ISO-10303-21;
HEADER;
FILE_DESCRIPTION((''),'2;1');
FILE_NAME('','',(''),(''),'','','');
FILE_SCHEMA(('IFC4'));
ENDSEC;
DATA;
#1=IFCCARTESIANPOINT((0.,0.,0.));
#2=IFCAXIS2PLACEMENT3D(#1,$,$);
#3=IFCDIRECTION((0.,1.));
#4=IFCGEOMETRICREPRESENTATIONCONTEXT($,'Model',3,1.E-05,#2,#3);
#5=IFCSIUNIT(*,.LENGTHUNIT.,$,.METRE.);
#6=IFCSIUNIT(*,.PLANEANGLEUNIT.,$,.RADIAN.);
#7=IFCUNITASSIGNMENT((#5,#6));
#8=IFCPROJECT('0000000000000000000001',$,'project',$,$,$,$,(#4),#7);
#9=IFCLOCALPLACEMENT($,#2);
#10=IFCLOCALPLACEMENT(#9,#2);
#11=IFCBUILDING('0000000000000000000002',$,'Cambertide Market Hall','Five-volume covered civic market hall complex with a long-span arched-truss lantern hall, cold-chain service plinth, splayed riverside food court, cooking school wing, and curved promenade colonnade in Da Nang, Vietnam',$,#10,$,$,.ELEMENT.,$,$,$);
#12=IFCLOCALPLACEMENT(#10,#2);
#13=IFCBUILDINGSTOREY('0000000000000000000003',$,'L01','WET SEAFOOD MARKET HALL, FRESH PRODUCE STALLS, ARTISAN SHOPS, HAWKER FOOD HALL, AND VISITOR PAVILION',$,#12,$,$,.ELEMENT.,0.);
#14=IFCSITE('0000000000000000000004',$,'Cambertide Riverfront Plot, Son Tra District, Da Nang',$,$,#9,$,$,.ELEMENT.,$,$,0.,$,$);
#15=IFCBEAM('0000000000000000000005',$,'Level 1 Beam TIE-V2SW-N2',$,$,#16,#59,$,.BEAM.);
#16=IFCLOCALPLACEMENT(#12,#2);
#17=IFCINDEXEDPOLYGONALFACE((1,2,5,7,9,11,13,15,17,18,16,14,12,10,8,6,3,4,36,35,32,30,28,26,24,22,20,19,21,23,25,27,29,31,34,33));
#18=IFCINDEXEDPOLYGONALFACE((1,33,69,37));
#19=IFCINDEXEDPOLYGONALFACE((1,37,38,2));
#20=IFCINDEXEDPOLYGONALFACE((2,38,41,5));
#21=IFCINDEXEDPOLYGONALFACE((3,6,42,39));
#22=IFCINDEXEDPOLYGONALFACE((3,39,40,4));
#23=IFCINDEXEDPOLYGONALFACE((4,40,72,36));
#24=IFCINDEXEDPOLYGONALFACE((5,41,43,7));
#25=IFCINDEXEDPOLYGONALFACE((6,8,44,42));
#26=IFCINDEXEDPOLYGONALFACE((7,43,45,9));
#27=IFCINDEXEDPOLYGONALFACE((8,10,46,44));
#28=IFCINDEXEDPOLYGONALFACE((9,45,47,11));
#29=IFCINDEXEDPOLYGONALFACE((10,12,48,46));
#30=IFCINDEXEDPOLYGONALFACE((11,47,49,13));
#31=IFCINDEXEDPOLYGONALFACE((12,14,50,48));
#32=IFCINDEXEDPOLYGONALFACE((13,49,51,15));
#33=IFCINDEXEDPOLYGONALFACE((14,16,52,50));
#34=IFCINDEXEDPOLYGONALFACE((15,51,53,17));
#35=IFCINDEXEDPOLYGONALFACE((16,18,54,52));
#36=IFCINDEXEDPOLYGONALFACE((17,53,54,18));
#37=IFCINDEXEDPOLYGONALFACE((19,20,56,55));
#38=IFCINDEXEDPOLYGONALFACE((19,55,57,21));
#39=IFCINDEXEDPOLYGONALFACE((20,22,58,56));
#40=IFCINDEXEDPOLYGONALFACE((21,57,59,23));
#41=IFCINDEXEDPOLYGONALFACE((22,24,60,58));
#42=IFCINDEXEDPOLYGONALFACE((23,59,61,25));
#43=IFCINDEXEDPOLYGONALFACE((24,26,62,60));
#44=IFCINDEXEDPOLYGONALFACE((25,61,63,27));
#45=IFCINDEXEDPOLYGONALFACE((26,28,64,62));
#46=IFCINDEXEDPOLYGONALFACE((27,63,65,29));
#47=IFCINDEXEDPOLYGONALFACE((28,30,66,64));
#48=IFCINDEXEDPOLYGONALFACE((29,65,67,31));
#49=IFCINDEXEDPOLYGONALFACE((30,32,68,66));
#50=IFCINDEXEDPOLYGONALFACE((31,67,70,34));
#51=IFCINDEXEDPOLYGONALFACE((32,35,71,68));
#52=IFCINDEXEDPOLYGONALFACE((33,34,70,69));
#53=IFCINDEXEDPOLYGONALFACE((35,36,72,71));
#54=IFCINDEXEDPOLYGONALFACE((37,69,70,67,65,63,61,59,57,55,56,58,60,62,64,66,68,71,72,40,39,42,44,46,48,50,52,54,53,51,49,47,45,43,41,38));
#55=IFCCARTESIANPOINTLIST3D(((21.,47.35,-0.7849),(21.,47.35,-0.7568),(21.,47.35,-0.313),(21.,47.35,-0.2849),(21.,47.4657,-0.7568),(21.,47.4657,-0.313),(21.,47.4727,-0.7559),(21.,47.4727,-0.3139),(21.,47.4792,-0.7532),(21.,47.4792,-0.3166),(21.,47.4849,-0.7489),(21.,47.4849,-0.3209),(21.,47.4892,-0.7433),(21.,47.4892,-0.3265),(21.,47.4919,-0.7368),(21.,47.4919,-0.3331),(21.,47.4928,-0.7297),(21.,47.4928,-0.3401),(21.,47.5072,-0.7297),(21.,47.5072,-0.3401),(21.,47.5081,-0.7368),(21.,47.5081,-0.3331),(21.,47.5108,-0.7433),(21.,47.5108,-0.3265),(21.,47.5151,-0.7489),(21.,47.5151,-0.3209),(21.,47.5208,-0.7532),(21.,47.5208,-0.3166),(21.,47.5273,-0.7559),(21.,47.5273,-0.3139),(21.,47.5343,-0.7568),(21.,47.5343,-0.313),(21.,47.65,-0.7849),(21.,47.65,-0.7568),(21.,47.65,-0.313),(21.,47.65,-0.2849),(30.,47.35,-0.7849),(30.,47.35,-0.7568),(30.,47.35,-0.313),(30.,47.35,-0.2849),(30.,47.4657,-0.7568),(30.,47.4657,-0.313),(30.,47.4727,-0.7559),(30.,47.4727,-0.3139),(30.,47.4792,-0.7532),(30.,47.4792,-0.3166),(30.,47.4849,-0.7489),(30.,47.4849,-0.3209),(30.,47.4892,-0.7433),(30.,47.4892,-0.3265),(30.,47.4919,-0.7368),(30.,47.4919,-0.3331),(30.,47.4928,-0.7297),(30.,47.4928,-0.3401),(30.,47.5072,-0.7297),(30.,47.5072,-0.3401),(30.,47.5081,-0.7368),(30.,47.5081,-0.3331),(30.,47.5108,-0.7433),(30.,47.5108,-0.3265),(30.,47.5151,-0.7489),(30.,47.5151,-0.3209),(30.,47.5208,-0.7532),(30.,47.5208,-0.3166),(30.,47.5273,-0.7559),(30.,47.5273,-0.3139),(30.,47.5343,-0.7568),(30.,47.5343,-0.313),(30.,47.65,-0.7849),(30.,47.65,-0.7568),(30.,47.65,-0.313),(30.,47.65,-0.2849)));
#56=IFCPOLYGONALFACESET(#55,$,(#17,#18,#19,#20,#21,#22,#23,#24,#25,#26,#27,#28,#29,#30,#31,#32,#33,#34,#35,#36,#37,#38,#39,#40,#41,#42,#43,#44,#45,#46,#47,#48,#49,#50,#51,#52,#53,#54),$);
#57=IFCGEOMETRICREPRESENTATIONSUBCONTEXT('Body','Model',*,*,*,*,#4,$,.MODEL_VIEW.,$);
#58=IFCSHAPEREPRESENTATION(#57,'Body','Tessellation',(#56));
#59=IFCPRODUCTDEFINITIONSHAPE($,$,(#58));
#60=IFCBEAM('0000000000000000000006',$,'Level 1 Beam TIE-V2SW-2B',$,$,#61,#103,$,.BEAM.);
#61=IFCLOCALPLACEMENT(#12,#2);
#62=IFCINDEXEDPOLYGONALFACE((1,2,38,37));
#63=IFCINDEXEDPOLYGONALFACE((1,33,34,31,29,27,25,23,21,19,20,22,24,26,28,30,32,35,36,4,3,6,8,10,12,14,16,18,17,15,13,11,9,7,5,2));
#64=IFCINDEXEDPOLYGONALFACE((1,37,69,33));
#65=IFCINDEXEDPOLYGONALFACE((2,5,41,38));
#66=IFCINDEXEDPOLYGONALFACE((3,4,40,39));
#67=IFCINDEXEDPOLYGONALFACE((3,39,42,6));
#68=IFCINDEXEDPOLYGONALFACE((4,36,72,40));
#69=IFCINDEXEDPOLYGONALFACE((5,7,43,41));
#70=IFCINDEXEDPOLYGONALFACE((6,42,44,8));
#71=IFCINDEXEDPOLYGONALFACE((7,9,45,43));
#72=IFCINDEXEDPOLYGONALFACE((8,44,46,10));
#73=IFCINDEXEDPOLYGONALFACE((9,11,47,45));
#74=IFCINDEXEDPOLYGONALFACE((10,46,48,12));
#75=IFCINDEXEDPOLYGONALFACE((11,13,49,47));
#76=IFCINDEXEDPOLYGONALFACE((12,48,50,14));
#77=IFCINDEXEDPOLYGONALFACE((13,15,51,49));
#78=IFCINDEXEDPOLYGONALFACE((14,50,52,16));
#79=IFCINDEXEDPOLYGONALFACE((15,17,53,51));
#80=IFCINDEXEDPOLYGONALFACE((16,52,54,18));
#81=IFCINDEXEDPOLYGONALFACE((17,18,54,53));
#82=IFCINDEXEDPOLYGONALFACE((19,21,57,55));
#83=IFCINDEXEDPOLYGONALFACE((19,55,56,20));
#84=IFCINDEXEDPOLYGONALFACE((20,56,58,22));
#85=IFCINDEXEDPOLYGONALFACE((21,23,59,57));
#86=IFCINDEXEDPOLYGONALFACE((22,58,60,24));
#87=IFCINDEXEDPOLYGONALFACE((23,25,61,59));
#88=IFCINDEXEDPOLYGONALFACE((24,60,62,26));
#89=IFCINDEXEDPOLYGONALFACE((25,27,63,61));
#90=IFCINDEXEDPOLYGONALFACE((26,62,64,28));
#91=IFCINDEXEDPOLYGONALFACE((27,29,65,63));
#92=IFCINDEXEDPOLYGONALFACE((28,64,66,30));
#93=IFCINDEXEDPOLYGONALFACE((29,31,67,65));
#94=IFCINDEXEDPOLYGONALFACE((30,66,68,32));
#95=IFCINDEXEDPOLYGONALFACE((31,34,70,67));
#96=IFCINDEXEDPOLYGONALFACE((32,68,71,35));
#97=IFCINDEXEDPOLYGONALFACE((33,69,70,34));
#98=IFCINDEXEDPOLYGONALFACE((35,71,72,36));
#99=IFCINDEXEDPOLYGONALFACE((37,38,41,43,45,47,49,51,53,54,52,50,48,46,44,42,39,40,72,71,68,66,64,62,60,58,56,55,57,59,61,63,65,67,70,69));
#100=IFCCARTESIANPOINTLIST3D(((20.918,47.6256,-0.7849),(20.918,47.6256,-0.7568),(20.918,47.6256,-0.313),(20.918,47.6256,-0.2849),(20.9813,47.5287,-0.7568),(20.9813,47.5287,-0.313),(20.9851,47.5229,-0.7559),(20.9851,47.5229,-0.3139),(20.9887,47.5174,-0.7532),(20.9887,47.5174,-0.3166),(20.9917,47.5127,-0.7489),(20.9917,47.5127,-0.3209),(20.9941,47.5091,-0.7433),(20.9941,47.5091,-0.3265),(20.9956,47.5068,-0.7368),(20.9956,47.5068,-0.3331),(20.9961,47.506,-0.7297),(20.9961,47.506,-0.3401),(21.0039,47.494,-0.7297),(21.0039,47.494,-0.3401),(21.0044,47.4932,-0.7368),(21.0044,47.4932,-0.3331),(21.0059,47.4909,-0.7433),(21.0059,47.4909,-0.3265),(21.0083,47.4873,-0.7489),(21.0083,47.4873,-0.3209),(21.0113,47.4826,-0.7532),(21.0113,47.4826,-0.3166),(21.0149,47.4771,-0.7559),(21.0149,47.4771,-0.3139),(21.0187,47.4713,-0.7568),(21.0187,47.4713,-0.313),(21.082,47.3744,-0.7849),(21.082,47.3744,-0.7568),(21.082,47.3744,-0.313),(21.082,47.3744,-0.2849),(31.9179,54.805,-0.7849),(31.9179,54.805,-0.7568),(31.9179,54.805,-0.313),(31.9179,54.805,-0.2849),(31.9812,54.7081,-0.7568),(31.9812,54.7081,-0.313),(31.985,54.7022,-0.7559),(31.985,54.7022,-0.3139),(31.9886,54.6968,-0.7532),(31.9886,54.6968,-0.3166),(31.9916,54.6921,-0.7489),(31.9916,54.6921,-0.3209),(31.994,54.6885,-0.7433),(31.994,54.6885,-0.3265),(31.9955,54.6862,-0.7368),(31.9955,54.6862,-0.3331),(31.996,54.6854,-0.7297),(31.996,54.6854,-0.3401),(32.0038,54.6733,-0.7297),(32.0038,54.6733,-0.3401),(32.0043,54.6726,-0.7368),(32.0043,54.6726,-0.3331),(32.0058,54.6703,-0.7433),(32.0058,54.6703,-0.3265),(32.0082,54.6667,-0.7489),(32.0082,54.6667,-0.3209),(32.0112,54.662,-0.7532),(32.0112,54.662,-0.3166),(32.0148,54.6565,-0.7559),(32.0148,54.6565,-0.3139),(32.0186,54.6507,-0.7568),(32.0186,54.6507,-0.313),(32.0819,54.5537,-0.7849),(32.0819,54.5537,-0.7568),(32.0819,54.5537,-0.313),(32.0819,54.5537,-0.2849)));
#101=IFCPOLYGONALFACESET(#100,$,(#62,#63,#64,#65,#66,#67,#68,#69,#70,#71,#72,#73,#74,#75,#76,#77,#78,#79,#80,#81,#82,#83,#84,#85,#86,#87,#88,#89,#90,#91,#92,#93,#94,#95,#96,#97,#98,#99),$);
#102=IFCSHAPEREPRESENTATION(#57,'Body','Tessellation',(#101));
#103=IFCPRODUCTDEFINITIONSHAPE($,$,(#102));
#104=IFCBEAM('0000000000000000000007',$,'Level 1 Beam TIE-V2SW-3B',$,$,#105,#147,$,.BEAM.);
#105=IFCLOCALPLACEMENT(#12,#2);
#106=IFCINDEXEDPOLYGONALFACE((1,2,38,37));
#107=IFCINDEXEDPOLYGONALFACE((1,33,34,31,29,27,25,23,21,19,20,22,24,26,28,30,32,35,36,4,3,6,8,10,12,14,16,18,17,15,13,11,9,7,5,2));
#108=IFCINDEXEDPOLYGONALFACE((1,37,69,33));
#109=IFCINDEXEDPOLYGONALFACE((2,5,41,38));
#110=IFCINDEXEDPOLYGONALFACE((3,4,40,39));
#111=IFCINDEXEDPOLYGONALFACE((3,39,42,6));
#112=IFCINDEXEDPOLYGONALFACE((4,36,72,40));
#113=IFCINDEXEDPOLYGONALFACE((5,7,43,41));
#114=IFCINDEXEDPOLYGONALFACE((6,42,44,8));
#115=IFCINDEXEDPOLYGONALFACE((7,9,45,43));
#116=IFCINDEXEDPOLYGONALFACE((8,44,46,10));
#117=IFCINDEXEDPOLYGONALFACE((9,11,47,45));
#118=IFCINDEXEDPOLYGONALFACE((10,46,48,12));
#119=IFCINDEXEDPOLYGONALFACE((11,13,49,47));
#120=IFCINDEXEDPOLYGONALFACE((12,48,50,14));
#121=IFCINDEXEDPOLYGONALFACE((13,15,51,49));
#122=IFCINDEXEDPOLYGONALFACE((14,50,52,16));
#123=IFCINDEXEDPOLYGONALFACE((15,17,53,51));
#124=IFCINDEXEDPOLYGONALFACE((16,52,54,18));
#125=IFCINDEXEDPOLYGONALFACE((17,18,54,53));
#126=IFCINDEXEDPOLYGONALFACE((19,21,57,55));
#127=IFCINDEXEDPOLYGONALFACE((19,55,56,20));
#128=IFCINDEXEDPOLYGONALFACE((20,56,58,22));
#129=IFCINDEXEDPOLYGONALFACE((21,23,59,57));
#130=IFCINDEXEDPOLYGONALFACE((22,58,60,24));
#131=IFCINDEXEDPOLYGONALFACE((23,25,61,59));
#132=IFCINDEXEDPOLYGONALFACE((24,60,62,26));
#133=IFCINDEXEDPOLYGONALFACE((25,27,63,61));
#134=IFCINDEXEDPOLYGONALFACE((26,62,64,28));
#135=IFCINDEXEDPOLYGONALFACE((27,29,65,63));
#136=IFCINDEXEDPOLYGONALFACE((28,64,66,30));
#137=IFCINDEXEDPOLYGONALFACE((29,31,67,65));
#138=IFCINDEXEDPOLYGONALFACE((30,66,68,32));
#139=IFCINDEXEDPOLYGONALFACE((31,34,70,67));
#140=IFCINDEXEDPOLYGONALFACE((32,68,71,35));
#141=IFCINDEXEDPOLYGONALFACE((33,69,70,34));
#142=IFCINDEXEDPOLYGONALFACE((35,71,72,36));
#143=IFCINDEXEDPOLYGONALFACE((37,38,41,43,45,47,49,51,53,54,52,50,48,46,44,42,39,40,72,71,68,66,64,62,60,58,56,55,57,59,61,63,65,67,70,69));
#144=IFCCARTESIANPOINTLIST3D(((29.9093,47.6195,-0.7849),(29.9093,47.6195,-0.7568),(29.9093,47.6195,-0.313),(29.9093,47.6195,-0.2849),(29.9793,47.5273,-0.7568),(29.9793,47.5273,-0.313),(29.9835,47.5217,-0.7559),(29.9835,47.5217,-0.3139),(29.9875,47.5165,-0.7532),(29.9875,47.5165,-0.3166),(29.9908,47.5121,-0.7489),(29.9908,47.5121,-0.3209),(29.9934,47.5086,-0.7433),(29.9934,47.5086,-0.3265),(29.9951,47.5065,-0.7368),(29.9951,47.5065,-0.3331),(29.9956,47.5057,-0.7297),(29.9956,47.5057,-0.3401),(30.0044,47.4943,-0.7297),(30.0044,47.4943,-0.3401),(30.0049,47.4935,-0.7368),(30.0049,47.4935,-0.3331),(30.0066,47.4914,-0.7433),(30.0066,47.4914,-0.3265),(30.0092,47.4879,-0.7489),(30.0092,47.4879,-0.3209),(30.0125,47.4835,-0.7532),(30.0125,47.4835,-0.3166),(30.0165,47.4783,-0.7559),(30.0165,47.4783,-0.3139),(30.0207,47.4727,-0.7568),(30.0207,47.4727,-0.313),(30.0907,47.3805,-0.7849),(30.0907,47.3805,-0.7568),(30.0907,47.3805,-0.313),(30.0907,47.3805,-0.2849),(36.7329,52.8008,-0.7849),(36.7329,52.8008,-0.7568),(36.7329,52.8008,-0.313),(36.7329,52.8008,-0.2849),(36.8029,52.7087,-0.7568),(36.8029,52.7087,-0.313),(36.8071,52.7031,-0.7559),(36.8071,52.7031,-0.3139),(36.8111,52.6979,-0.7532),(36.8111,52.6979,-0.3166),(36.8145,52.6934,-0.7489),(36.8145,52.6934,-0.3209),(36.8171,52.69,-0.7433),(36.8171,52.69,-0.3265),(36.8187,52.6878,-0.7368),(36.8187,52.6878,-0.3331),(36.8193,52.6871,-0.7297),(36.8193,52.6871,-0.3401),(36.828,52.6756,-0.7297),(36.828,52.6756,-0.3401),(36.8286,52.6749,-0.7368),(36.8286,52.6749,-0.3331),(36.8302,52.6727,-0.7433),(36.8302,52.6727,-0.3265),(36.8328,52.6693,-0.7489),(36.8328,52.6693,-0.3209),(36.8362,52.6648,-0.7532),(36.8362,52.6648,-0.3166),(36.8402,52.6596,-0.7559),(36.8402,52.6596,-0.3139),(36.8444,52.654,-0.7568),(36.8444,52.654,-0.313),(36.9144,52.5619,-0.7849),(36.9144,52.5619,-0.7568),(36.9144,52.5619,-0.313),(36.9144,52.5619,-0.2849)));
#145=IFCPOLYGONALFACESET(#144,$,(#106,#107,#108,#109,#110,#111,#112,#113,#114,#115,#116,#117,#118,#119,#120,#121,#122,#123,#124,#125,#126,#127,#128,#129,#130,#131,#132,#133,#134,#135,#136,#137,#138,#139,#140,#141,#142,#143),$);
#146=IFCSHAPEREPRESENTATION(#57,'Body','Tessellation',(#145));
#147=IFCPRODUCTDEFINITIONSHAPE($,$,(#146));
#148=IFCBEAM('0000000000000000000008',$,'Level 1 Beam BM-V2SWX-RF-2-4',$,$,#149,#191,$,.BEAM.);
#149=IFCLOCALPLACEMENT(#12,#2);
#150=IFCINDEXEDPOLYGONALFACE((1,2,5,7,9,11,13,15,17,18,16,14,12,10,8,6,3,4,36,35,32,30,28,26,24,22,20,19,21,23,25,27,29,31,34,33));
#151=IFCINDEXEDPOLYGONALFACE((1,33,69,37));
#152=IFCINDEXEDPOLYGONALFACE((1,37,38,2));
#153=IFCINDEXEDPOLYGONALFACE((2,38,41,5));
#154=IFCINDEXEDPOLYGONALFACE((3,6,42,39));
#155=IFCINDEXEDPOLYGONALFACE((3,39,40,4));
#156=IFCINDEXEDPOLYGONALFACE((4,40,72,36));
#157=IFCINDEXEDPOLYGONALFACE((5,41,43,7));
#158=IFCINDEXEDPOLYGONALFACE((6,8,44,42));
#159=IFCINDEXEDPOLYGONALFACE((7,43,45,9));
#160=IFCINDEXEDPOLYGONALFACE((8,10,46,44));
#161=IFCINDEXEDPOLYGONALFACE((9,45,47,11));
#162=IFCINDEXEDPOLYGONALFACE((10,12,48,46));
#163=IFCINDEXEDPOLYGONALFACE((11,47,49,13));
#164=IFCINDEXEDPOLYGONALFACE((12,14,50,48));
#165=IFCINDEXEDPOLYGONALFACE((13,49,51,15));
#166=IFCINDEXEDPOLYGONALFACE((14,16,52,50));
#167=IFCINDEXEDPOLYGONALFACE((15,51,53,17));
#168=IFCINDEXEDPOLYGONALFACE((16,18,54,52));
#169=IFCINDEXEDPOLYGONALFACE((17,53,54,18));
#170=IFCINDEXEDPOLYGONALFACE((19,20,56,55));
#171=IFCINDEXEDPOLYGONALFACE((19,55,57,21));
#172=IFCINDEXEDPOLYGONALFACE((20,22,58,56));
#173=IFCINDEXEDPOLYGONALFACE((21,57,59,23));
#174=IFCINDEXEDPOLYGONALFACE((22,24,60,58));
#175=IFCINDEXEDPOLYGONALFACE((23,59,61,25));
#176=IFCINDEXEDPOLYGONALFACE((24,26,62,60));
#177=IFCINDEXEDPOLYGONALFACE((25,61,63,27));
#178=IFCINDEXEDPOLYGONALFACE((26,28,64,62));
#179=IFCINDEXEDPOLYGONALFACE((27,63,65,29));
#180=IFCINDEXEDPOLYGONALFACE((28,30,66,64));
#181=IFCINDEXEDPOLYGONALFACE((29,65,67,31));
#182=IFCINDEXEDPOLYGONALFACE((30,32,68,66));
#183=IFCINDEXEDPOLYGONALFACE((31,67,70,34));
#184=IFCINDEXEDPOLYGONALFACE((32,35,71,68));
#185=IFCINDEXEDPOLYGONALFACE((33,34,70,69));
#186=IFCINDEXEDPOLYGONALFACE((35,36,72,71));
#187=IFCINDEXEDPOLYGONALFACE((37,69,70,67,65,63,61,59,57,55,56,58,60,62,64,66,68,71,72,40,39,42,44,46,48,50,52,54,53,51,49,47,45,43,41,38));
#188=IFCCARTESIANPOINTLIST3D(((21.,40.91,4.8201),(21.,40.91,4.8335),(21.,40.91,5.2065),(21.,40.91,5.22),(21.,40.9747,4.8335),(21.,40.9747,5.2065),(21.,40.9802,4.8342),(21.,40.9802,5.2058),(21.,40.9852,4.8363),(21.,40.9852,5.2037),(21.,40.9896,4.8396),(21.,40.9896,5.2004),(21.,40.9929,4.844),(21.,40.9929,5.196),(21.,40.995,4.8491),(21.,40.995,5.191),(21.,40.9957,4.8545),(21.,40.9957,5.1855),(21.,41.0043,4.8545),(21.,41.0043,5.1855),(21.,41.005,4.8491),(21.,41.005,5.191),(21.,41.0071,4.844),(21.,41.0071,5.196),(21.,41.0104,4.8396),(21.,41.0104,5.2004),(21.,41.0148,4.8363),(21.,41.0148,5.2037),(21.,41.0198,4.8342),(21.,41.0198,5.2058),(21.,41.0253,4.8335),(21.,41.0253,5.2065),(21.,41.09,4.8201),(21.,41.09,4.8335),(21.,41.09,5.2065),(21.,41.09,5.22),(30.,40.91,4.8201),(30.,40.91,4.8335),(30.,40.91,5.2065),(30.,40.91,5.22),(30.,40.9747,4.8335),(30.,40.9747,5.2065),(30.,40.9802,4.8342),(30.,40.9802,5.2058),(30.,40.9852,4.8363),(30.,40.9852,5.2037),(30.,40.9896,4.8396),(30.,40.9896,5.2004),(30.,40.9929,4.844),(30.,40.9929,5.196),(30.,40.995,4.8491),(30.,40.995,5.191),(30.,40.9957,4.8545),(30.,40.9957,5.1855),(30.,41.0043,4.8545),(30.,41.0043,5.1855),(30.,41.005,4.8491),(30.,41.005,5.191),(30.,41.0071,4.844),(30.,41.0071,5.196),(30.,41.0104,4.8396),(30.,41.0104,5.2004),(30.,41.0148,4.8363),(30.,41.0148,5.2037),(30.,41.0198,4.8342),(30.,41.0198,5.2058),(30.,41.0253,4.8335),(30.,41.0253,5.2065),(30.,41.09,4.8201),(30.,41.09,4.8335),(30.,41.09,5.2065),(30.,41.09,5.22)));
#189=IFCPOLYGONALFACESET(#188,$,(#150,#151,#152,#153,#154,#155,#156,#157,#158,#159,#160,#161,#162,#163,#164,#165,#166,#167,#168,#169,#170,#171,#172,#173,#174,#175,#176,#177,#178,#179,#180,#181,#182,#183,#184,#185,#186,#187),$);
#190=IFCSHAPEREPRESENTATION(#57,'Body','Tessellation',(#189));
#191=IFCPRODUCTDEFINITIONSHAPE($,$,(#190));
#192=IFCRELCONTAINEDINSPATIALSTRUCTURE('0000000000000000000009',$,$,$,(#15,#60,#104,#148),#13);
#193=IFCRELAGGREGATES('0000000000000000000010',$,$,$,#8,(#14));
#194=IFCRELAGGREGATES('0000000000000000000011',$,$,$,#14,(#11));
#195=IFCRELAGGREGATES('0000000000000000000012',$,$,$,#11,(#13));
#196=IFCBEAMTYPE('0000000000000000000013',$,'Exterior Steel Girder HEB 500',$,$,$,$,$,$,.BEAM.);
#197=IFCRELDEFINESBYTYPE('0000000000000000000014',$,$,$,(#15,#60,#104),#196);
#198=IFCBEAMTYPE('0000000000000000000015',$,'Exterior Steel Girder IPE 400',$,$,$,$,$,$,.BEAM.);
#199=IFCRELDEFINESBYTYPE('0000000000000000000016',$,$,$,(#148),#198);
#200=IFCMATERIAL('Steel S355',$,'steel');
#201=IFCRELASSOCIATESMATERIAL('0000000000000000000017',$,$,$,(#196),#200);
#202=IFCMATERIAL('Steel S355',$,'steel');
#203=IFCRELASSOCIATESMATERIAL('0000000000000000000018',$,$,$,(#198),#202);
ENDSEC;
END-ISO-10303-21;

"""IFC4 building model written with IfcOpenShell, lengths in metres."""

from ifc_helpers import new_model, si_unit, direction, frame, origin, origin_2d, place, context, subcontext, project, spatial, i_section, extrude, material, material_profile, profile_set, type_object, element, save


model = new_model("IFC4")

# Units and contexts
model_context = context("Model", 3, precision=1e-05, world=origin(), true_north=direction((0.0, 1.0)))
body_context = subcontext(model_context, "Body", "Model", "MODEL_VIEW")
ifc_project = project(units=[si_unit("LENGTHUNIT", "METRE"), si_unit("PLANEANGLEUNIT", "RADIAN")], contexts=[model_context])

# Site, building, storey
site_placement = place(None, origin())
site = spatial("IfcSite", under=ifc_project, at=site_placement, Name="Cambertide Riverfront Plot, Son Tra District, Da Nang", CompositionType="ELEMENT", RefElevation=0.0)
building_placement = place(site_placement, origin())
building = spatial("IfcBuilding", under=site, at=building_placement, Name="Cambertide Market Hall", Description="Five-volume covered civic market hall complex with a long-span arched-truss lantern hall, cold-chain service plinth, splayed riverside food court, cooking school wing, and curved promenade colonnade in Da Nang, Vietnam", CompositionType="ELEMENT")
storey_placement = place(building_placement, origin())
storey = spatial("IfcBuildingStorey", under=building, at=storey_placement, Name="L01", Description="WET SEAFOOD MARKET HALL, FRESH PRODUCE STALLS, ARTISAN SHOPS, HAWKER FOOD HALL, AND VISITOR PAVILION", CompositionType="ELEMENT", Elevation=0.0)

# Beams
ifc_material_1 = material(Name="Steel S355", Category="steel")
ifc_material_profile_1 = material_profile(ifc_material_1, i_section(OverallWidth=0.3, OverallDepth=0.5, WebThickness=0.0144, FlangeThickness=0.0281, FilletRadius=0.0271, at=origin_2d()), Name="HEB 500")
ifc_profile_set_1 = profile_set([ifc_material_profile_1], Name="Steel S355")
beam_type_1 = type_object("IfcBeamType", Name="Exterior Steel Girder HEB 500", PredefinedType="BEAM", material=ifc_profile_set_1)
beam_1_placement = place(storey_placement, frame((21.0, 47.5, -0.5349), z_axis=(1.0, 0.0, 0.0), x_axis=(0.0, 1.0, 0.0)))
element("IfcBeam", 1, at=beam_1_placement, inside=storey, type_object=beam_type_1, Name="Level 1 Beam TIE-V2SW-N2", PredefinedType="BEAM", context=body_context, shape_type="SweptSolid", body=[
    extrude(i_section(OverallWidth=0.3, OverallDepth=0.5, WebThickness=0.0144, FlangeThickness=0.0281, FilletRadius=0.0271, at=origin_2d()), origin(), (0.0, 0.0, 1.0), 9.0),
])
beam_2_placement = place(storey_placement, frame((21.0, 47.5, -0.5349), z_axis=(0.837418, 0.546563, 0.0), x_axis=(-0.546563, 0.837418, 0.0)))
element("IfcBeam", 2, at=beam_2_placement, inside=storey, type_object=beam_type_1, Name="Level 1 Beam TIE-V2SW-2B", PredefinedType="BEAM", context=body_context, shape_type="SweptSolid", body=[
    extrude(i_section(OverallWidth=0.3, OverallDepth=0.5, WebThickness=0.0144, FlangeThickness=0.0281, FilletRadius=0.0271, at=origin_2d()), origin(), (0.0, 0.0, 1.0), 13.1355),
])
beam_3_placement = place(storey_placement, frame((30.0, 47.5, -0.5349), z_axis=(0.796423, 0.60474, 0.0), x_axis=(-0.60474, 0.796423, 0.0)))
element("IfcBeam", 3, at=beam_3_placement, inside=storey, type_object=beam_type_1, Name="Level 1 Beam TIE-V2SW-3B", PredefinedType="BEAM", context=body_context, shape_type="SweptSolid", body=[
    extrude(i_section(OverallWidth=0.3, OverallDepth=0.5, WebThickness=0.0144, FlangeThickness=0.0281, FilletRadius=0.0271, at=origin_2d()), origin(), (0.0, 0.0, 1.0), 8.5679),
])
ifc_material_2 = material(Name="Steel S355", Category="steel")
ifc_material_profile_2 = material_profile(ifc_material_2, i_section(OverallWidth=0.1799, OverallDepth=0.3999, WebThickness=0.0085, FlangeThickness=0.0134, FilletRadius=0.021, at=origin_2d()), Name="IPE 400")
ifc_profile_set_2 = profile_set([ifc_material_profile_2], Name="Steel S355")
beam_type_2 = type_object("IfcBeamType", Name="Exterior Steel Girder IPE 400", PredefinedType="BEAM", material=ifc_profile_set_2)
for number, where, z_axis, x_axis, name in (
    (4, (21.0, 41.0, 5.02), (1.0, 0.0, 0.0), (0.0, 1.0, 0.0), "Level 1 Beam BM-V2SWX-RF-2-4"),
):
    element("IfcBeam", number, at=place(storey_placement, frame(where, z_axis=z_axis, x_axis=x_axis)), inside=storey, type_object=beam_type_2, Name=name, PredefinedType="BEAM", context=body_context, shape_type="SweptSolid", body=[
        extrude(i_section(OverallWidth=0.1799, OverallDepth=0.3999, WebThickness=0.0085, FlangeThickness=0.0134, FilletRadius=0.021, at=origin_2d()), origin(), (0.0, 0.0, 1.0), 9.0),
    ])

save(model, "model.ifc")
